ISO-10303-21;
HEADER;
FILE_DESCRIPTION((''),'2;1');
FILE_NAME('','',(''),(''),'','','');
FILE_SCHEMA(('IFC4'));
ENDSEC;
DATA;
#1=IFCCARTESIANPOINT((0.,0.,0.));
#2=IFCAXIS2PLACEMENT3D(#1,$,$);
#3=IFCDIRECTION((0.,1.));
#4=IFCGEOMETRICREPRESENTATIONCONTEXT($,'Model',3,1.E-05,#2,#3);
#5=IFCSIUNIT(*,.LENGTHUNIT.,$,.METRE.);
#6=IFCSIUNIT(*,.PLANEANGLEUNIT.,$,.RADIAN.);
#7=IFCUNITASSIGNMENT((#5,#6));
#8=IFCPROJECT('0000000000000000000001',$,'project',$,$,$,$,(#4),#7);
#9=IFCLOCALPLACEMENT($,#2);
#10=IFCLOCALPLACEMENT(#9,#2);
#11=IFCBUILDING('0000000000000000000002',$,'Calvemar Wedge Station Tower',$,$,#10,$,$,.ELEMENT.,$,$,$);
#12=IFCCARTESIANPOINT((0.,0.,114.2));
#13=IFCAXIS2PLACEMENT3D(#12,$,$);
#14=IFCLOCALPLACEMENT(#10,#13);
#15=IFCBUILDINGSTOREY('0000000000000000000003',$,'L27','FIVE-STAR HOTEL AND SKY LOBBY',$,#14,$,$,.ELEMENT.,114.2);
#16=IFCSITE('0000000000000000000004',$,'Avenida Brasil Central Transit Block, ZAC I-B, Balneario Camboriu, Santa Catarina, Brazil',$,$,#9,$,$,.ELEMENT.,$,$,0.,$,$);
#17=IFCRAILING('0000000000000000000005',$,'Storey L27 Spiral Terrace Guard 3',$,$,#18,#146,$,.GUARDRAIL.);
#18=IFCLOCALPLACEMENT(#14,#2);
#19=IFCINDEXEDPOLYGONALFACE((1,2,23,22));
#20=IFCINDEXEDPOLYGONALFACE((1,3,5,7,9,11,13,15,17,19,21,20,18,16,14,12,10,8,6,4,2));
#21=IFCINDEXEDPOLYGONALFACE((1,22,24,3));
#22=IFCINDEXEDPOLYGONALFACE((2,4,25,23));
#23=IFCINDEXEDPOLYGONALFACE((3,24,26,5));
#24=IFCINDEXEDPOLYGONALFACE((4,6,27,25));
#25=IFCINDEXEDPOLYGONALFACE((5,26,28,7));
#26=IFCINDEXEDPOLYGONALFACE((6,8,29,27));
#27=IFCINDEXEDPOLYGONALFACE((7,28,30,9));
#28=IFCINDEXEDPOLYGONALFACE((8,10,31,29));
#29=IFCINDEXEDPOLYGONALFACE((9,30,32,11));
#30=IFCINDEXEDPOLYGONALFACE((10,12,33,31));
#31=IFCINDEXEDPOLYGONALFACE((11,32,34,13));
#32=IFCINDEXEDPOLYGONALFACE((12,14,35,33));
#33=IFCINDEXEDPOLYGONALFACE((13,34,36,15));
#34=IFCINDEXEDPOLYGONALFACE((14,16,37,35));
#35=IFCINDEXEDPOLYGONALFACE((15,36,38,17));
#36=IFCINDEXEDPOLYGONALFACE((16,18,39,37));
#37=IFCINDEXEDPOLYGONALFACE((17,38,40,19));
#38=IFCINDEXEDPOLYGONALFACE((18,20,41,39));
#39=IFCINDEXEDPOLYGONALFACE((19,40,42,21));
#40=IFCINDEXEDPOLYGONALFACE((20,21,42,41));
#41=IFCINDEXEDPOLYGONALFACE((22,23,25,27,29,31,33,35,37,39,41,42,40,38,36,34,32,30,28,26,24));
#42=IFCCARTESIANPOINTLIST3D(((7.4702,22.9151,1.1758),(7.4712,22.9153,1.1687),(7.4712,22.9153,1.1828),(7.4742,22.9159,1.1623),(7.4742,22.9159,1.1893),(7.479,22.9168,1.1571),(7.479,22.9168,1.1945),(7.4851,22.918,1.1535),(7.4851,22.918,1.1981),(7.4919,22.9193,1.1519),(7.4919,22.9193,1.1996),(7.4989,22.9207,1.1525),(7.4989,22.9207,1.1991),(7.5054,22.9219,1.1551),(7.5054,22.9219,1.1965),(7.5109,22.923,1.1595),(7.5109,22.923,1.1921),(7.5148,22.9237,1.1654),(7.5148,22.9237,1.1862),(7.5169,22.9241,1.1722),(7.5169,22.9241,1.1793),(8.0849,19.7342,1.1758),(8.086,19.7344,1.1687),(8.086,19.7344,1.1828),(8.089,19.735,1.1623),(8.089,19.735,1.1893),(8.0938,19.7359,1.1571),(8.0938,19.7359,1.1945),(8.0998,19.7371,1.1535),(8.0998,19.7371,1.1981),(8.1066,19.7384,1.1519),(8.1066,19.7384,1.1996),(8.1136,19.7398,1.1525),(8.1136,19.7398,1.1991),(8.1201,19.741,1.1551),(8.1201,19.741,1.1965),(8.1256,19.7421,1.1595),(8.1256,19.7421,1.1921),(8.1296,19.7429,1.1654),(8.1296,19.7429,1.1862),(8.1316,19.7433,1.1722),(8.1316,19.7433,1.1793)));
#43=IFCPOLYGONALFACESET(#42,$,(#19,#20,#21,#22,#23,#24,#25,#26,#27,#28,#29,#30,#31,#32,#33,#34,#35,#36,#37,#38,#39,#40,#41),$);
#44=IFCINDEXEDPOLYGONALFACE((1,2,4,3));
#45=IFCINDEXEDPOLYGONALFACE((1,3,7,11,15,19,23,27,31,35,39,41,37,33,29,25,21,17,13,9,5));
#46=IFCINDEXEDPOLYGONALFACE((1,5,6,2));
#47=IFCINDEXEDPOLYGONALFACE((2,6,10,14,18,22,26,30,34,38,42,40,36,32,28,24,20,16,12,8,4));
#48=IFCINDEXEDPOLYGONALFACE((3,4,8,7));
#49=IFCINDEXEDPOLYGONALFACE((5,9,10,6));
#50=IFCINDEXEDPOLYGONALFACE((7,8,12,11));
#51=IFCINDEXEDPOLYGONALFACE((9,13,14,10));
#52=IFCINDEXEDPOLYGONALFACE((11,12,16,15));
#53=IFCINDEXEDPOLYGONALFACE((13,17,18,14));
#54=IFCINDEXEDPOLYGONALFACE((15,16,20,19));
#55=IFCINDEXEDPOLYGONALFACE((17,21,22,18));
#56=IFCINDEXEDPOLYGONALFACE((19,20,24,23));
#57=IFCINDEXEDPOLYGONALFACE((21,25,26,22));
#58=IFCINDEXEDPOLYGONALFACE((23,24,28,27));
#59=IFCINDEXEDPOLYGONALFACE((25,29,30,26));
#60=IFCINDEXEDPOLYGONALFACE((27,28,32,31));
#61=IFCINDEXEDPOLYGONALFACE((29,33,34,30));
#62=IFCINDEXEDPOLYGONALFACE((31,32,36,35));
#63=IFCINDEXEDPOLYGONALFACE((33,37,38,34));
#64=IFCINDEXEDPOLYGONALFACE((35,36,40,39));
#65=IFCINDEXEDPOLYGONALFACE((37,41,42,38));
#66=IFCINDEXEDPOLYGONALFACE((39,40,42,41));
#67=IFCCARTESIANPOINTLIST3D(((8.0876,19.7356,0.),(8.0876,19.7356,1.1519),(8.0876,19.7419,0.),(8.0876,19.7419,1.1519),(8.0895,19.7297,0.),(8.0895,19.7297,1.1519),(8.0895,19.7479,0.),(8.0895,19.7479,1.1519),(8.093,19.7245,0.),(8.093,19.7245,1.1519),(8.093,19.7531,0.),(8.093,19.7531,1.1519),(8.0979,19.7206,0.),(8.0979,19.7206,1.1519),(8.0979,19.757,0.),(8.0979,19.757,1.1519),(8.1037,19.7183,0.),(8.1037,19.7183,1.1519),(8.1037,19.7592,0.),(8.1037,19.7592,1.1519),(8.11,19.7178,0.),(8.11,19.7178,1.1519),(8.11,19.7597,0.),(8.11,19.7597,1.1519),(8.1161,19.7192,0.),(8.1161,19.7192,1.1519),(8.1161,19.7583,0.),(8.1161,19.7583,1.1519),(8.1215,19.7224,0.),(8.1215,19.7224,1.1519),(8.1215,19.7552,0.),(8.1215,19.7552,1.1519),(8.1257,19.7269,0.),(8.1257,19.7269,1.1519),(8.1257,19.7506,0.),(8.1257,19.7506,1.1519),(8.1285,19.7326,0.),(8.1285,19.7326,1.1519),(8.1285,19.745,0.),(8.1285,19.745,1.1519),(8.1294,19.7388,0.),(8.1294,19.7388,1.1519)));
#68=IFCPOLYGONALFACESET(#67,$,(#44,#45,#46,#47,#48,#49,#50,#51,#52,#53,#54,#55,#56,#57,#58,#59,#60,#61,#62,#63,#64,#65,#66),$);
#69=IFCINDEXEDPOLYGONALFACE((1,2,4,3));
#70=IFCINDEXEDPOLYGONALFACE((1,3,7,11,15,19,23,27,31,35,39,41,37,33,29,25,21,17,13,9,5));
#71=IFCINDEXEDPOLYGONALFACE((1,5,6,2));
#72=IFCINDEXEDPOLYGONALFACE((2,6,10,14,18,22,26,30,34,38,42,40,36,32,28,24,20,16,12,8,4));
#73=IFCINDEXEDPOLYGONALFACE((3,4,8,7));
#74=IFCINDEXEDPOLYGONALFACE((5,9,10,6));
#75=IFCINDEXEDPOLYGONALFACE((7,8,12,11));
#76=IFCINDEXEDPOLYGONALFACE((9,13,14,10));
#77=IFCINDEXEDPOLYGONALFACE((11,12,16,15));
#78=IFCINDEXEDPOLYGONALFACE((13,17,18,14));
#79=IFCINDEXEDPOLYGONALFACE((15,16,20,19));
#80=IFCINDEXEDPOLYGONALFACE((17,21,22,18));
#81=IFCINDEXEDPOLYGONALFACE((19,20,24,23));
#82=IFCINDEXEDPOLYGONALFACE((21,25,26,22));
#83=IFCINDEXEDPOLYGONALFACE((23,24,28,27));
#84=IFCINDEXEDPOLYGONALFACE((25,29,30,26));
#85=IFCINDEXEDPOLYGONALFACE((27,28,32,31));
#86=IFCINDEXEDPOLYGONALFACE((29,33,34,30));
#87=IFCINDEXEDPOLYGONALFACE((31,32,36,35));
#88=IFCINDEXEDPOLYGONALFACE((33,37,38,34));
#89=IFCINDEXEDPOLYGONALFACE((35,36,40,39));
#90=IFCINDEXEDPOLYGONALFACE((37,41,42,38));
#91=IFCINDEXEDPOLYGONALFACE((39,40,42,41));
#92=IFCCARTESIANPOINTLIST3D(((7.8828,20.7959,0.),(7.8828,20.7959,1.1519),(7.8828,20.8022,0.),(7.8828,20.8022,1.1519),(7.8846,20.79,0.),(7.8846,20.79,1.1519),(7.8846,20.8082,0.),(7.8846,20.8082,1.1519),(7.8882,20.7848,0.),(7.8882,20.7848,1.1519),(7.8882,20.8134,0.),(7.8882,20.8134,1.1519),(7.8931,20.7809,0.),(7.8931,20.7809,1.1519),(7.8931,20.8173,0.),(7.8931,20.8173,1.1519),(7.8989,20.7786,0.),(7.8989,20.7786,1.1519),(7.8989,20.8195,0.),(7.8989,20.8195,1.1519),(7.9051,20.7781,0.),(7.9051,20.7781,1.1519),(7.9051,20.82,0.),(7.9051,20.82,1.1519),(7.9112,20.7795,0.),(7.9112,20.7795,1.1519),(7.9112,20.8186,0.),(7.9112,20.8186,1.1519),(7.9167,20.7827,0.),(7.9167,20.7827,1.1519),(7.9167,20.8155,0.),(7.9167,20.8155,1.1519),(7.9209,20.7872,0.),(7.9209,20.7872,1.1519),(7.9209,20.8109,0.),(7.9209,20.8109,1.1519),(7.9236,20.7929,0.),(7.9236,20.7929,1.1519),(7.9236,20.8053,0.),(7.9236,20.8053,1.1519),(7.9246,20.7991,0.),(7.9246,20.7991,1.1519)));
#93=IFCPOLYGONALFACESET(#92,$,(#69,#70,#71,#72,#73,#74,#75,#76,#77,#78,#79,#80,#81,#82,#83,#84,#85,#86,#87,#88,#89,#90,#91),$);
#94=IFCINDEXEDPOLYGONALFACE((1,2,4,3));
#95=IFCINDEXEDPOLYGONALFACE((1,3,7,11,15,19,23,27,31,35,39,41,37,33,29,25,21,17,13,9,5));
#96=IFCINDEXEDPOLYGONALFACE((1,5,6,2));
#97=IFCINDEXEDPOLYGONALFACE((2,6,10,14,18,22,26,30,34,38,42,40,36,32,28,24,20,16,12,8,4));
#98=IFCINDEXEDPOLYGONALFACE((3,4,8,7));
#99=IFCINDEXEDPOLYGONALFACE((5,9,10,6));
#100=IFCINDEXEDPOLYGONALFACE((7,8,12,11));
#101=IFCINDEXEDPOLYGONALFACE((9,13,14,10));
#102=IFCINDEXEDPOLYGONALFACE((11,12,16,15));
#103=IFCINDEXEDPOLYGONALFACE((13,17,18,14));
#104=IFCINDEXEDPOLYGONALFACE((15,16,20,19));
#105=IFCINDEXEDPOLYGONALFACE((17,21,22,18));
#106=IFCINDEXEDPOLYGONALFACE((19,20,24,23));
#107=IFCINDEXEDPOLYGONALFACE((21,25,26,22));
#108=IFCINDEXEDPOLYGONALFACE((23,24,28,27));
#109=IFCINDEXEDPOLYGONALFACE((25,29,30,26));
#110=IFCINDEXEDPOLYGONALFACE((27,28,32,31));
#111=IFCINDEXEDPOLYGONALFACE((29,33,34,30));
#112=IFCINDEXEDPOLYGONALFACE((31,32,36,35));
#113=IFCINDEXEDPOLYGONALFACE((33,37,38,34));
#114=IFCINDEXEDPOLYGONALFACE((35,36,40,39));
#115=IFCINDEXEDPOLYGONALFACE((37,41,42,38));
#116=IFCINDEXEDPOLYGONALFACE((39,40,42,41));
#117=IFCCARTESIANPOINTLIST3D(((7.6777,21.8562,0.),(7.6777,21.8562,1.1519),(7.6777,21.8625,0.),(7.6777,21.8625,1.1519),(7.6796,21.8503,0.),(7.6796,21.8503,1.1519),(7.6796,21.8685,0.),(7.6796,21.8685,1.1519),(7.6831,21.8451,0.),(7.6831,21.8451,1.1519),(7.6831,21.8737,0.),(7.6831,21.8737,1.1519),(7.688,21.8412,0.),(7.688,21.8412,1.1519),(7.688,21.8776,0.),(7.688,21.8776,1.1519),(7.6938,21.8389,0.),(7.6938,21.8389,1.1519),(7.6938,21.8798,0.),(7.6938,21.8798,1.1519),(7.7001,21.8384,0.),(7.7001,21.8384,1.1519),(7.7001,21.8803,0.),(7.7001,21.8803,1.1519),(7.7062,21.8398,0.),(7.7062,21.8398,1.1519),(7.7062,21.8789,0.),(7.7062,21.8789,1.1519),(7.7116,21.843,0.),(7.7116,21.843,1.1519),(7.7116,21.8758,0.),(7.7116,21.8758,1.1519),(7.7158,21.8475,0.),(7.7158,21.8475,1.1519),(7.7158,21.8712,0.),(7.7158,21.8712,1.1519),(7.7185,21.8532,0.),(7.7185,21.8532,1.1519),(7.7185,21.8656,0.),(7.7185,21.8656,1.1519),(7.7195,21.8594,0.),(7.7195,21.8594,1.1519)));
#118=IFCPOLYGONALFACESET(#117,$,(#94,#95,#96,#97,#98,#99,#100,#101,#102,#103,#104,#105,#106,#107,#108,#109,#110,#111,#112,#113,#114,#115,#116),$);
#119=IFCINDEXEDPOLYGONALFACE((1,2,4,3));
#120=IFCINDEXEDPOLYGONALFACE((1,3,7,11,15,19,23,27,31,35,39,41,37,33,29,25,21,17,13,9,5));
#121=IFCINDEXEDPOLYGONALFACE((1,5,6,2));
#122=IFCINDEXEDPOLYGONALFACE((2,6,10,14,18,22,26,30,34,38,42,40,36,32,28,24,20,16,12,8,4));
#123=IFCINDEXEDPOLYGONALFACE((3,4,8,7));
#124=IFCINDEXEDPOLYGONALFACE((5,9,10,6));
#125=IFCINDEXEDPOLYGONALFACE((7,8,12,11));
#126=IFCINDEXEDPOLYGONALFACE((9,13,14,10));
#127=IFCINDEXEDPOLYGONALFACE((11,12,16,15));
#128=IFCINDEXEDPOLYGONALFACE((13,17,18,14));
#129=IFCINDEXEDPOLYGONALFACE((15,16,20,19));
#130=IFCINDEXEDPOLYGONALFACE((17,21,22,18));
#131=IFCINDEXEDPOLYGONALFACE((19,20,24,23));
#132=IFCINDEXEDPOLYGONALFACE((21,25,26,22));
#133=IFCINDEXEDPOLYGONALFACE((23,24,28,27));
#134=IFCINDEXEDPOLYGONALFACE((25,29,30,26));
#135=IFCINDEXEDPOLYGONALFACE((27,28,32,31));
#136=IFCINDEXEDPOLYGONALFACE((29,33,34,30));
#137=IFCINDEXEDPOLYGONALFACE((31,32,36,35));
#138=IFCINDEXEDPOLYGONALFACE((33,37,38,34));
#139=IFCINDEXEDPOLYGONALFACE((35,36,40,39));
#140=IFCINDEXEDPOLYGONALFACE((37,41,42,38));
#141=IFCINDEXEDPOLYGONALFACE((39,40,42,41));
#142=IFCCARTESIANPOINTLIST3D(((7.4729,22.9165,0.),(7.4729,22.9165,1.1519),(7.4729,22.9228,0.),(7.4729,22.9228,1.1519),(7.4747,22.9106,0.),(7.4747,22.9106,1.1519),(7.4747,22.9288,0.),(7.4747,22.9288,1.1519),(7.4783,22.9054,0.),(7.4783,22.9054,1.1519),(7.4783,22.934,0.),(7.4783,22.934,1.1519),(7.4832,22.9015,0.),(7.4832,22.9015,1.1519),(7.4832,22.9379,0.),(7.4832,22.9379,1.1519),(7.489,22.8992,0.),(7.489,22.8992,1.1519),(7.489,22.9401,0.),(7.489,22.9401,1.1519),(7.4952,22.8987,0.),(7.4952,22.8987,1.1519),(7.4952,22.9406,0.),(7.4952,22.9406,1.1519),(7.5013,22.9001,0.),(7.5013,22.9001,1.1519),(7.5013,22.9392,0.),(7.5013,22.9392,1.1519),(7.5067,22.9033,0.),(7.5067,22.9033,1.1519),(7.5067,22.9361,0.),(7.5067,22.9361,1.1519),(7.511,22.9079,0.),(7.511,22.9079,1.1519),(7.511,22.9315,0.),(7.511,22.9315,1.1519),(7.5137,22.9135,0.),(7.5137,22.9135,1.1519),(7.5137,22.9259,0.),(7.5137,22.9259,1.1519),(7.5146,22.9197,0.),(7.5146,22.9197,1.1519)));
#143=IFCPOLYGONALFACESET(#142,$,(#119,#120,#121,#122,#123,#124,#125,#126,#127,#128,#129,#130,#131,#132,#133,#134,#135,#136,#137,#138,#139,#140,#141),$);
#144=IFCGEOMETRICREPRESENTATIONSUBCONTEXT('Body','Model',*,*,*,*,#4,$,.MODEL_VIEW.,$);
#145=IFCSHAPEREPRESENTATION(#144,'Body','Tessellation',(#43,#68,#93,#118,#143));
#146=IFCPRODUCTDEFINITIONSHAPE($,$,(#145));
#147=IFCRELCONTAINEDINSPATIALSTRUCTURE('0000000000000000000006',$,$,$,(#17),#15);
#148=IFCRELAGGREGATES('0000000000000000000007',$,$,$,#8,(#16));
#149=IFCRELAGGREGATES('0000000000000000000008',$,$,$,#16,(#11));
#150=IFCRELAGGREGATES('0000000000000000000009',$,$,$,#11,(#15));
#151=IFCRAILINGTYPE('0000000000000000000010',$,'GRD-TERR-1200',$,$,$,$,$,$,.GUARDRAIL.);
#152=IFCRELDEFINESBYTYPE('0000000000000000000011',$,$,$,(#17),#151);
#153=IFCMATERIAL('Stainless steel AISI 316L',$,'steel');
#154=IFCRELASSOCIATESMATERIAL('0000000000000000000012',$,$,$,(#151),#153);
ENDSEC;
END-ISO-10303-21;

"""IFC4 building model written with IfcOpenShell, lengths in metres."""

from ifc_helpers import new_model, si_unit, direction, frame, origin, origin_2d, place, context, subcontext, project, spatial, circle, extrude, material, type_object, element, save


model = new_model("IFC4")

# Units and contexts
model_context = context("Model", 3, precision=1e-05, world=origin(), true_north=direction((0.0, 1.0)))
body_context = subcontext(model_context, "Body", "Model", "MODEL_VIEW")
ifc_project = project(units=[si_unit("LENGTHUNIT", "METRE"), si_unit("PLANEANGLEUNIT", "RADIAN")], contexts=[model_context])

# Site, building, storey
site_placement = place(None, origin())
site = spatial("IfcSite", under=ifc_project, at=site_placement, Name="Avenida Brasil Central Transit Block, ZAC I-B, Balneario Camboriu, Santa Catarina, Brazil", CompositionType="ELEMENT", RefElevation=0.0)
building_placement = place(site_placement, origin())
building = spatial("IfcBuilding", under=site, at=building_placement, Name="Calvemar Wedge Station Tower", CompositionType="ELEMENT")
storey_placement = place(building_placement, frame((0.0, 0.0, 114.2)))
storey = spatial("IfcBuildingStorey", under=building, at=storey_placement, Name="L27", Description="FIVE-STAR HOTEL AND SKY LOBBY", CompositionType="ELEMENT", Elevation=114.2)

# Railing
ifc_material_1 = material(Name="Stainless steel AISI 316L", Category="steel")
railing_type = type_object("IfcRailingType", Name="GRD-TERR-1200", PredefinedType="GUARDRAIL", material=ifc_material_1)
railing_1_placement = place(storey_placement, frame((8.1084, 19.7388, 0.0)))
element("IfcRailing", 1, at=railing_1_placement, inside=storey, type_object=railing_type, Name="Storey L27 Spiral Terrace Guard 3", PredefinedType="GUARDRAIL", context=body_context, shape_type="SweptSolid", body=[
    extrude(circle(Radius=0.0239, at=origin_2d()), frame((0.0, 0.0, 1.1758), z_axis=(-0.18975, 0.981832, 0.0), x_axis=(-0.981832, -0.18975, 0.0)), (0.0, 0.0, 1.0), 3.2397),
    extrude(circle(Radius=0.021, at=origin_2d()), origin(), (0.0, 0.0, 1.0), 1.1519),
    extrude(circle(Radius=0.021, at=origin_2d()), frame((-0.2048, 1.0603, 0.0)), (0.0, 0.0, 1.0), 1.1519),
    extrude(circle(Radius=0.021, at=origin_2d()), frame((-0.4099, 2.1206, 0.0)), (0.0, 0.0, 1.0), 1.1519),
    extrude(circle(Radius=0.021, at=origin_2d()), frame((-0.6147, 3.1809, 0.0)), (0.0, 0.0, 1.0), 1.1519),
])

save(model, "model.ifc")
